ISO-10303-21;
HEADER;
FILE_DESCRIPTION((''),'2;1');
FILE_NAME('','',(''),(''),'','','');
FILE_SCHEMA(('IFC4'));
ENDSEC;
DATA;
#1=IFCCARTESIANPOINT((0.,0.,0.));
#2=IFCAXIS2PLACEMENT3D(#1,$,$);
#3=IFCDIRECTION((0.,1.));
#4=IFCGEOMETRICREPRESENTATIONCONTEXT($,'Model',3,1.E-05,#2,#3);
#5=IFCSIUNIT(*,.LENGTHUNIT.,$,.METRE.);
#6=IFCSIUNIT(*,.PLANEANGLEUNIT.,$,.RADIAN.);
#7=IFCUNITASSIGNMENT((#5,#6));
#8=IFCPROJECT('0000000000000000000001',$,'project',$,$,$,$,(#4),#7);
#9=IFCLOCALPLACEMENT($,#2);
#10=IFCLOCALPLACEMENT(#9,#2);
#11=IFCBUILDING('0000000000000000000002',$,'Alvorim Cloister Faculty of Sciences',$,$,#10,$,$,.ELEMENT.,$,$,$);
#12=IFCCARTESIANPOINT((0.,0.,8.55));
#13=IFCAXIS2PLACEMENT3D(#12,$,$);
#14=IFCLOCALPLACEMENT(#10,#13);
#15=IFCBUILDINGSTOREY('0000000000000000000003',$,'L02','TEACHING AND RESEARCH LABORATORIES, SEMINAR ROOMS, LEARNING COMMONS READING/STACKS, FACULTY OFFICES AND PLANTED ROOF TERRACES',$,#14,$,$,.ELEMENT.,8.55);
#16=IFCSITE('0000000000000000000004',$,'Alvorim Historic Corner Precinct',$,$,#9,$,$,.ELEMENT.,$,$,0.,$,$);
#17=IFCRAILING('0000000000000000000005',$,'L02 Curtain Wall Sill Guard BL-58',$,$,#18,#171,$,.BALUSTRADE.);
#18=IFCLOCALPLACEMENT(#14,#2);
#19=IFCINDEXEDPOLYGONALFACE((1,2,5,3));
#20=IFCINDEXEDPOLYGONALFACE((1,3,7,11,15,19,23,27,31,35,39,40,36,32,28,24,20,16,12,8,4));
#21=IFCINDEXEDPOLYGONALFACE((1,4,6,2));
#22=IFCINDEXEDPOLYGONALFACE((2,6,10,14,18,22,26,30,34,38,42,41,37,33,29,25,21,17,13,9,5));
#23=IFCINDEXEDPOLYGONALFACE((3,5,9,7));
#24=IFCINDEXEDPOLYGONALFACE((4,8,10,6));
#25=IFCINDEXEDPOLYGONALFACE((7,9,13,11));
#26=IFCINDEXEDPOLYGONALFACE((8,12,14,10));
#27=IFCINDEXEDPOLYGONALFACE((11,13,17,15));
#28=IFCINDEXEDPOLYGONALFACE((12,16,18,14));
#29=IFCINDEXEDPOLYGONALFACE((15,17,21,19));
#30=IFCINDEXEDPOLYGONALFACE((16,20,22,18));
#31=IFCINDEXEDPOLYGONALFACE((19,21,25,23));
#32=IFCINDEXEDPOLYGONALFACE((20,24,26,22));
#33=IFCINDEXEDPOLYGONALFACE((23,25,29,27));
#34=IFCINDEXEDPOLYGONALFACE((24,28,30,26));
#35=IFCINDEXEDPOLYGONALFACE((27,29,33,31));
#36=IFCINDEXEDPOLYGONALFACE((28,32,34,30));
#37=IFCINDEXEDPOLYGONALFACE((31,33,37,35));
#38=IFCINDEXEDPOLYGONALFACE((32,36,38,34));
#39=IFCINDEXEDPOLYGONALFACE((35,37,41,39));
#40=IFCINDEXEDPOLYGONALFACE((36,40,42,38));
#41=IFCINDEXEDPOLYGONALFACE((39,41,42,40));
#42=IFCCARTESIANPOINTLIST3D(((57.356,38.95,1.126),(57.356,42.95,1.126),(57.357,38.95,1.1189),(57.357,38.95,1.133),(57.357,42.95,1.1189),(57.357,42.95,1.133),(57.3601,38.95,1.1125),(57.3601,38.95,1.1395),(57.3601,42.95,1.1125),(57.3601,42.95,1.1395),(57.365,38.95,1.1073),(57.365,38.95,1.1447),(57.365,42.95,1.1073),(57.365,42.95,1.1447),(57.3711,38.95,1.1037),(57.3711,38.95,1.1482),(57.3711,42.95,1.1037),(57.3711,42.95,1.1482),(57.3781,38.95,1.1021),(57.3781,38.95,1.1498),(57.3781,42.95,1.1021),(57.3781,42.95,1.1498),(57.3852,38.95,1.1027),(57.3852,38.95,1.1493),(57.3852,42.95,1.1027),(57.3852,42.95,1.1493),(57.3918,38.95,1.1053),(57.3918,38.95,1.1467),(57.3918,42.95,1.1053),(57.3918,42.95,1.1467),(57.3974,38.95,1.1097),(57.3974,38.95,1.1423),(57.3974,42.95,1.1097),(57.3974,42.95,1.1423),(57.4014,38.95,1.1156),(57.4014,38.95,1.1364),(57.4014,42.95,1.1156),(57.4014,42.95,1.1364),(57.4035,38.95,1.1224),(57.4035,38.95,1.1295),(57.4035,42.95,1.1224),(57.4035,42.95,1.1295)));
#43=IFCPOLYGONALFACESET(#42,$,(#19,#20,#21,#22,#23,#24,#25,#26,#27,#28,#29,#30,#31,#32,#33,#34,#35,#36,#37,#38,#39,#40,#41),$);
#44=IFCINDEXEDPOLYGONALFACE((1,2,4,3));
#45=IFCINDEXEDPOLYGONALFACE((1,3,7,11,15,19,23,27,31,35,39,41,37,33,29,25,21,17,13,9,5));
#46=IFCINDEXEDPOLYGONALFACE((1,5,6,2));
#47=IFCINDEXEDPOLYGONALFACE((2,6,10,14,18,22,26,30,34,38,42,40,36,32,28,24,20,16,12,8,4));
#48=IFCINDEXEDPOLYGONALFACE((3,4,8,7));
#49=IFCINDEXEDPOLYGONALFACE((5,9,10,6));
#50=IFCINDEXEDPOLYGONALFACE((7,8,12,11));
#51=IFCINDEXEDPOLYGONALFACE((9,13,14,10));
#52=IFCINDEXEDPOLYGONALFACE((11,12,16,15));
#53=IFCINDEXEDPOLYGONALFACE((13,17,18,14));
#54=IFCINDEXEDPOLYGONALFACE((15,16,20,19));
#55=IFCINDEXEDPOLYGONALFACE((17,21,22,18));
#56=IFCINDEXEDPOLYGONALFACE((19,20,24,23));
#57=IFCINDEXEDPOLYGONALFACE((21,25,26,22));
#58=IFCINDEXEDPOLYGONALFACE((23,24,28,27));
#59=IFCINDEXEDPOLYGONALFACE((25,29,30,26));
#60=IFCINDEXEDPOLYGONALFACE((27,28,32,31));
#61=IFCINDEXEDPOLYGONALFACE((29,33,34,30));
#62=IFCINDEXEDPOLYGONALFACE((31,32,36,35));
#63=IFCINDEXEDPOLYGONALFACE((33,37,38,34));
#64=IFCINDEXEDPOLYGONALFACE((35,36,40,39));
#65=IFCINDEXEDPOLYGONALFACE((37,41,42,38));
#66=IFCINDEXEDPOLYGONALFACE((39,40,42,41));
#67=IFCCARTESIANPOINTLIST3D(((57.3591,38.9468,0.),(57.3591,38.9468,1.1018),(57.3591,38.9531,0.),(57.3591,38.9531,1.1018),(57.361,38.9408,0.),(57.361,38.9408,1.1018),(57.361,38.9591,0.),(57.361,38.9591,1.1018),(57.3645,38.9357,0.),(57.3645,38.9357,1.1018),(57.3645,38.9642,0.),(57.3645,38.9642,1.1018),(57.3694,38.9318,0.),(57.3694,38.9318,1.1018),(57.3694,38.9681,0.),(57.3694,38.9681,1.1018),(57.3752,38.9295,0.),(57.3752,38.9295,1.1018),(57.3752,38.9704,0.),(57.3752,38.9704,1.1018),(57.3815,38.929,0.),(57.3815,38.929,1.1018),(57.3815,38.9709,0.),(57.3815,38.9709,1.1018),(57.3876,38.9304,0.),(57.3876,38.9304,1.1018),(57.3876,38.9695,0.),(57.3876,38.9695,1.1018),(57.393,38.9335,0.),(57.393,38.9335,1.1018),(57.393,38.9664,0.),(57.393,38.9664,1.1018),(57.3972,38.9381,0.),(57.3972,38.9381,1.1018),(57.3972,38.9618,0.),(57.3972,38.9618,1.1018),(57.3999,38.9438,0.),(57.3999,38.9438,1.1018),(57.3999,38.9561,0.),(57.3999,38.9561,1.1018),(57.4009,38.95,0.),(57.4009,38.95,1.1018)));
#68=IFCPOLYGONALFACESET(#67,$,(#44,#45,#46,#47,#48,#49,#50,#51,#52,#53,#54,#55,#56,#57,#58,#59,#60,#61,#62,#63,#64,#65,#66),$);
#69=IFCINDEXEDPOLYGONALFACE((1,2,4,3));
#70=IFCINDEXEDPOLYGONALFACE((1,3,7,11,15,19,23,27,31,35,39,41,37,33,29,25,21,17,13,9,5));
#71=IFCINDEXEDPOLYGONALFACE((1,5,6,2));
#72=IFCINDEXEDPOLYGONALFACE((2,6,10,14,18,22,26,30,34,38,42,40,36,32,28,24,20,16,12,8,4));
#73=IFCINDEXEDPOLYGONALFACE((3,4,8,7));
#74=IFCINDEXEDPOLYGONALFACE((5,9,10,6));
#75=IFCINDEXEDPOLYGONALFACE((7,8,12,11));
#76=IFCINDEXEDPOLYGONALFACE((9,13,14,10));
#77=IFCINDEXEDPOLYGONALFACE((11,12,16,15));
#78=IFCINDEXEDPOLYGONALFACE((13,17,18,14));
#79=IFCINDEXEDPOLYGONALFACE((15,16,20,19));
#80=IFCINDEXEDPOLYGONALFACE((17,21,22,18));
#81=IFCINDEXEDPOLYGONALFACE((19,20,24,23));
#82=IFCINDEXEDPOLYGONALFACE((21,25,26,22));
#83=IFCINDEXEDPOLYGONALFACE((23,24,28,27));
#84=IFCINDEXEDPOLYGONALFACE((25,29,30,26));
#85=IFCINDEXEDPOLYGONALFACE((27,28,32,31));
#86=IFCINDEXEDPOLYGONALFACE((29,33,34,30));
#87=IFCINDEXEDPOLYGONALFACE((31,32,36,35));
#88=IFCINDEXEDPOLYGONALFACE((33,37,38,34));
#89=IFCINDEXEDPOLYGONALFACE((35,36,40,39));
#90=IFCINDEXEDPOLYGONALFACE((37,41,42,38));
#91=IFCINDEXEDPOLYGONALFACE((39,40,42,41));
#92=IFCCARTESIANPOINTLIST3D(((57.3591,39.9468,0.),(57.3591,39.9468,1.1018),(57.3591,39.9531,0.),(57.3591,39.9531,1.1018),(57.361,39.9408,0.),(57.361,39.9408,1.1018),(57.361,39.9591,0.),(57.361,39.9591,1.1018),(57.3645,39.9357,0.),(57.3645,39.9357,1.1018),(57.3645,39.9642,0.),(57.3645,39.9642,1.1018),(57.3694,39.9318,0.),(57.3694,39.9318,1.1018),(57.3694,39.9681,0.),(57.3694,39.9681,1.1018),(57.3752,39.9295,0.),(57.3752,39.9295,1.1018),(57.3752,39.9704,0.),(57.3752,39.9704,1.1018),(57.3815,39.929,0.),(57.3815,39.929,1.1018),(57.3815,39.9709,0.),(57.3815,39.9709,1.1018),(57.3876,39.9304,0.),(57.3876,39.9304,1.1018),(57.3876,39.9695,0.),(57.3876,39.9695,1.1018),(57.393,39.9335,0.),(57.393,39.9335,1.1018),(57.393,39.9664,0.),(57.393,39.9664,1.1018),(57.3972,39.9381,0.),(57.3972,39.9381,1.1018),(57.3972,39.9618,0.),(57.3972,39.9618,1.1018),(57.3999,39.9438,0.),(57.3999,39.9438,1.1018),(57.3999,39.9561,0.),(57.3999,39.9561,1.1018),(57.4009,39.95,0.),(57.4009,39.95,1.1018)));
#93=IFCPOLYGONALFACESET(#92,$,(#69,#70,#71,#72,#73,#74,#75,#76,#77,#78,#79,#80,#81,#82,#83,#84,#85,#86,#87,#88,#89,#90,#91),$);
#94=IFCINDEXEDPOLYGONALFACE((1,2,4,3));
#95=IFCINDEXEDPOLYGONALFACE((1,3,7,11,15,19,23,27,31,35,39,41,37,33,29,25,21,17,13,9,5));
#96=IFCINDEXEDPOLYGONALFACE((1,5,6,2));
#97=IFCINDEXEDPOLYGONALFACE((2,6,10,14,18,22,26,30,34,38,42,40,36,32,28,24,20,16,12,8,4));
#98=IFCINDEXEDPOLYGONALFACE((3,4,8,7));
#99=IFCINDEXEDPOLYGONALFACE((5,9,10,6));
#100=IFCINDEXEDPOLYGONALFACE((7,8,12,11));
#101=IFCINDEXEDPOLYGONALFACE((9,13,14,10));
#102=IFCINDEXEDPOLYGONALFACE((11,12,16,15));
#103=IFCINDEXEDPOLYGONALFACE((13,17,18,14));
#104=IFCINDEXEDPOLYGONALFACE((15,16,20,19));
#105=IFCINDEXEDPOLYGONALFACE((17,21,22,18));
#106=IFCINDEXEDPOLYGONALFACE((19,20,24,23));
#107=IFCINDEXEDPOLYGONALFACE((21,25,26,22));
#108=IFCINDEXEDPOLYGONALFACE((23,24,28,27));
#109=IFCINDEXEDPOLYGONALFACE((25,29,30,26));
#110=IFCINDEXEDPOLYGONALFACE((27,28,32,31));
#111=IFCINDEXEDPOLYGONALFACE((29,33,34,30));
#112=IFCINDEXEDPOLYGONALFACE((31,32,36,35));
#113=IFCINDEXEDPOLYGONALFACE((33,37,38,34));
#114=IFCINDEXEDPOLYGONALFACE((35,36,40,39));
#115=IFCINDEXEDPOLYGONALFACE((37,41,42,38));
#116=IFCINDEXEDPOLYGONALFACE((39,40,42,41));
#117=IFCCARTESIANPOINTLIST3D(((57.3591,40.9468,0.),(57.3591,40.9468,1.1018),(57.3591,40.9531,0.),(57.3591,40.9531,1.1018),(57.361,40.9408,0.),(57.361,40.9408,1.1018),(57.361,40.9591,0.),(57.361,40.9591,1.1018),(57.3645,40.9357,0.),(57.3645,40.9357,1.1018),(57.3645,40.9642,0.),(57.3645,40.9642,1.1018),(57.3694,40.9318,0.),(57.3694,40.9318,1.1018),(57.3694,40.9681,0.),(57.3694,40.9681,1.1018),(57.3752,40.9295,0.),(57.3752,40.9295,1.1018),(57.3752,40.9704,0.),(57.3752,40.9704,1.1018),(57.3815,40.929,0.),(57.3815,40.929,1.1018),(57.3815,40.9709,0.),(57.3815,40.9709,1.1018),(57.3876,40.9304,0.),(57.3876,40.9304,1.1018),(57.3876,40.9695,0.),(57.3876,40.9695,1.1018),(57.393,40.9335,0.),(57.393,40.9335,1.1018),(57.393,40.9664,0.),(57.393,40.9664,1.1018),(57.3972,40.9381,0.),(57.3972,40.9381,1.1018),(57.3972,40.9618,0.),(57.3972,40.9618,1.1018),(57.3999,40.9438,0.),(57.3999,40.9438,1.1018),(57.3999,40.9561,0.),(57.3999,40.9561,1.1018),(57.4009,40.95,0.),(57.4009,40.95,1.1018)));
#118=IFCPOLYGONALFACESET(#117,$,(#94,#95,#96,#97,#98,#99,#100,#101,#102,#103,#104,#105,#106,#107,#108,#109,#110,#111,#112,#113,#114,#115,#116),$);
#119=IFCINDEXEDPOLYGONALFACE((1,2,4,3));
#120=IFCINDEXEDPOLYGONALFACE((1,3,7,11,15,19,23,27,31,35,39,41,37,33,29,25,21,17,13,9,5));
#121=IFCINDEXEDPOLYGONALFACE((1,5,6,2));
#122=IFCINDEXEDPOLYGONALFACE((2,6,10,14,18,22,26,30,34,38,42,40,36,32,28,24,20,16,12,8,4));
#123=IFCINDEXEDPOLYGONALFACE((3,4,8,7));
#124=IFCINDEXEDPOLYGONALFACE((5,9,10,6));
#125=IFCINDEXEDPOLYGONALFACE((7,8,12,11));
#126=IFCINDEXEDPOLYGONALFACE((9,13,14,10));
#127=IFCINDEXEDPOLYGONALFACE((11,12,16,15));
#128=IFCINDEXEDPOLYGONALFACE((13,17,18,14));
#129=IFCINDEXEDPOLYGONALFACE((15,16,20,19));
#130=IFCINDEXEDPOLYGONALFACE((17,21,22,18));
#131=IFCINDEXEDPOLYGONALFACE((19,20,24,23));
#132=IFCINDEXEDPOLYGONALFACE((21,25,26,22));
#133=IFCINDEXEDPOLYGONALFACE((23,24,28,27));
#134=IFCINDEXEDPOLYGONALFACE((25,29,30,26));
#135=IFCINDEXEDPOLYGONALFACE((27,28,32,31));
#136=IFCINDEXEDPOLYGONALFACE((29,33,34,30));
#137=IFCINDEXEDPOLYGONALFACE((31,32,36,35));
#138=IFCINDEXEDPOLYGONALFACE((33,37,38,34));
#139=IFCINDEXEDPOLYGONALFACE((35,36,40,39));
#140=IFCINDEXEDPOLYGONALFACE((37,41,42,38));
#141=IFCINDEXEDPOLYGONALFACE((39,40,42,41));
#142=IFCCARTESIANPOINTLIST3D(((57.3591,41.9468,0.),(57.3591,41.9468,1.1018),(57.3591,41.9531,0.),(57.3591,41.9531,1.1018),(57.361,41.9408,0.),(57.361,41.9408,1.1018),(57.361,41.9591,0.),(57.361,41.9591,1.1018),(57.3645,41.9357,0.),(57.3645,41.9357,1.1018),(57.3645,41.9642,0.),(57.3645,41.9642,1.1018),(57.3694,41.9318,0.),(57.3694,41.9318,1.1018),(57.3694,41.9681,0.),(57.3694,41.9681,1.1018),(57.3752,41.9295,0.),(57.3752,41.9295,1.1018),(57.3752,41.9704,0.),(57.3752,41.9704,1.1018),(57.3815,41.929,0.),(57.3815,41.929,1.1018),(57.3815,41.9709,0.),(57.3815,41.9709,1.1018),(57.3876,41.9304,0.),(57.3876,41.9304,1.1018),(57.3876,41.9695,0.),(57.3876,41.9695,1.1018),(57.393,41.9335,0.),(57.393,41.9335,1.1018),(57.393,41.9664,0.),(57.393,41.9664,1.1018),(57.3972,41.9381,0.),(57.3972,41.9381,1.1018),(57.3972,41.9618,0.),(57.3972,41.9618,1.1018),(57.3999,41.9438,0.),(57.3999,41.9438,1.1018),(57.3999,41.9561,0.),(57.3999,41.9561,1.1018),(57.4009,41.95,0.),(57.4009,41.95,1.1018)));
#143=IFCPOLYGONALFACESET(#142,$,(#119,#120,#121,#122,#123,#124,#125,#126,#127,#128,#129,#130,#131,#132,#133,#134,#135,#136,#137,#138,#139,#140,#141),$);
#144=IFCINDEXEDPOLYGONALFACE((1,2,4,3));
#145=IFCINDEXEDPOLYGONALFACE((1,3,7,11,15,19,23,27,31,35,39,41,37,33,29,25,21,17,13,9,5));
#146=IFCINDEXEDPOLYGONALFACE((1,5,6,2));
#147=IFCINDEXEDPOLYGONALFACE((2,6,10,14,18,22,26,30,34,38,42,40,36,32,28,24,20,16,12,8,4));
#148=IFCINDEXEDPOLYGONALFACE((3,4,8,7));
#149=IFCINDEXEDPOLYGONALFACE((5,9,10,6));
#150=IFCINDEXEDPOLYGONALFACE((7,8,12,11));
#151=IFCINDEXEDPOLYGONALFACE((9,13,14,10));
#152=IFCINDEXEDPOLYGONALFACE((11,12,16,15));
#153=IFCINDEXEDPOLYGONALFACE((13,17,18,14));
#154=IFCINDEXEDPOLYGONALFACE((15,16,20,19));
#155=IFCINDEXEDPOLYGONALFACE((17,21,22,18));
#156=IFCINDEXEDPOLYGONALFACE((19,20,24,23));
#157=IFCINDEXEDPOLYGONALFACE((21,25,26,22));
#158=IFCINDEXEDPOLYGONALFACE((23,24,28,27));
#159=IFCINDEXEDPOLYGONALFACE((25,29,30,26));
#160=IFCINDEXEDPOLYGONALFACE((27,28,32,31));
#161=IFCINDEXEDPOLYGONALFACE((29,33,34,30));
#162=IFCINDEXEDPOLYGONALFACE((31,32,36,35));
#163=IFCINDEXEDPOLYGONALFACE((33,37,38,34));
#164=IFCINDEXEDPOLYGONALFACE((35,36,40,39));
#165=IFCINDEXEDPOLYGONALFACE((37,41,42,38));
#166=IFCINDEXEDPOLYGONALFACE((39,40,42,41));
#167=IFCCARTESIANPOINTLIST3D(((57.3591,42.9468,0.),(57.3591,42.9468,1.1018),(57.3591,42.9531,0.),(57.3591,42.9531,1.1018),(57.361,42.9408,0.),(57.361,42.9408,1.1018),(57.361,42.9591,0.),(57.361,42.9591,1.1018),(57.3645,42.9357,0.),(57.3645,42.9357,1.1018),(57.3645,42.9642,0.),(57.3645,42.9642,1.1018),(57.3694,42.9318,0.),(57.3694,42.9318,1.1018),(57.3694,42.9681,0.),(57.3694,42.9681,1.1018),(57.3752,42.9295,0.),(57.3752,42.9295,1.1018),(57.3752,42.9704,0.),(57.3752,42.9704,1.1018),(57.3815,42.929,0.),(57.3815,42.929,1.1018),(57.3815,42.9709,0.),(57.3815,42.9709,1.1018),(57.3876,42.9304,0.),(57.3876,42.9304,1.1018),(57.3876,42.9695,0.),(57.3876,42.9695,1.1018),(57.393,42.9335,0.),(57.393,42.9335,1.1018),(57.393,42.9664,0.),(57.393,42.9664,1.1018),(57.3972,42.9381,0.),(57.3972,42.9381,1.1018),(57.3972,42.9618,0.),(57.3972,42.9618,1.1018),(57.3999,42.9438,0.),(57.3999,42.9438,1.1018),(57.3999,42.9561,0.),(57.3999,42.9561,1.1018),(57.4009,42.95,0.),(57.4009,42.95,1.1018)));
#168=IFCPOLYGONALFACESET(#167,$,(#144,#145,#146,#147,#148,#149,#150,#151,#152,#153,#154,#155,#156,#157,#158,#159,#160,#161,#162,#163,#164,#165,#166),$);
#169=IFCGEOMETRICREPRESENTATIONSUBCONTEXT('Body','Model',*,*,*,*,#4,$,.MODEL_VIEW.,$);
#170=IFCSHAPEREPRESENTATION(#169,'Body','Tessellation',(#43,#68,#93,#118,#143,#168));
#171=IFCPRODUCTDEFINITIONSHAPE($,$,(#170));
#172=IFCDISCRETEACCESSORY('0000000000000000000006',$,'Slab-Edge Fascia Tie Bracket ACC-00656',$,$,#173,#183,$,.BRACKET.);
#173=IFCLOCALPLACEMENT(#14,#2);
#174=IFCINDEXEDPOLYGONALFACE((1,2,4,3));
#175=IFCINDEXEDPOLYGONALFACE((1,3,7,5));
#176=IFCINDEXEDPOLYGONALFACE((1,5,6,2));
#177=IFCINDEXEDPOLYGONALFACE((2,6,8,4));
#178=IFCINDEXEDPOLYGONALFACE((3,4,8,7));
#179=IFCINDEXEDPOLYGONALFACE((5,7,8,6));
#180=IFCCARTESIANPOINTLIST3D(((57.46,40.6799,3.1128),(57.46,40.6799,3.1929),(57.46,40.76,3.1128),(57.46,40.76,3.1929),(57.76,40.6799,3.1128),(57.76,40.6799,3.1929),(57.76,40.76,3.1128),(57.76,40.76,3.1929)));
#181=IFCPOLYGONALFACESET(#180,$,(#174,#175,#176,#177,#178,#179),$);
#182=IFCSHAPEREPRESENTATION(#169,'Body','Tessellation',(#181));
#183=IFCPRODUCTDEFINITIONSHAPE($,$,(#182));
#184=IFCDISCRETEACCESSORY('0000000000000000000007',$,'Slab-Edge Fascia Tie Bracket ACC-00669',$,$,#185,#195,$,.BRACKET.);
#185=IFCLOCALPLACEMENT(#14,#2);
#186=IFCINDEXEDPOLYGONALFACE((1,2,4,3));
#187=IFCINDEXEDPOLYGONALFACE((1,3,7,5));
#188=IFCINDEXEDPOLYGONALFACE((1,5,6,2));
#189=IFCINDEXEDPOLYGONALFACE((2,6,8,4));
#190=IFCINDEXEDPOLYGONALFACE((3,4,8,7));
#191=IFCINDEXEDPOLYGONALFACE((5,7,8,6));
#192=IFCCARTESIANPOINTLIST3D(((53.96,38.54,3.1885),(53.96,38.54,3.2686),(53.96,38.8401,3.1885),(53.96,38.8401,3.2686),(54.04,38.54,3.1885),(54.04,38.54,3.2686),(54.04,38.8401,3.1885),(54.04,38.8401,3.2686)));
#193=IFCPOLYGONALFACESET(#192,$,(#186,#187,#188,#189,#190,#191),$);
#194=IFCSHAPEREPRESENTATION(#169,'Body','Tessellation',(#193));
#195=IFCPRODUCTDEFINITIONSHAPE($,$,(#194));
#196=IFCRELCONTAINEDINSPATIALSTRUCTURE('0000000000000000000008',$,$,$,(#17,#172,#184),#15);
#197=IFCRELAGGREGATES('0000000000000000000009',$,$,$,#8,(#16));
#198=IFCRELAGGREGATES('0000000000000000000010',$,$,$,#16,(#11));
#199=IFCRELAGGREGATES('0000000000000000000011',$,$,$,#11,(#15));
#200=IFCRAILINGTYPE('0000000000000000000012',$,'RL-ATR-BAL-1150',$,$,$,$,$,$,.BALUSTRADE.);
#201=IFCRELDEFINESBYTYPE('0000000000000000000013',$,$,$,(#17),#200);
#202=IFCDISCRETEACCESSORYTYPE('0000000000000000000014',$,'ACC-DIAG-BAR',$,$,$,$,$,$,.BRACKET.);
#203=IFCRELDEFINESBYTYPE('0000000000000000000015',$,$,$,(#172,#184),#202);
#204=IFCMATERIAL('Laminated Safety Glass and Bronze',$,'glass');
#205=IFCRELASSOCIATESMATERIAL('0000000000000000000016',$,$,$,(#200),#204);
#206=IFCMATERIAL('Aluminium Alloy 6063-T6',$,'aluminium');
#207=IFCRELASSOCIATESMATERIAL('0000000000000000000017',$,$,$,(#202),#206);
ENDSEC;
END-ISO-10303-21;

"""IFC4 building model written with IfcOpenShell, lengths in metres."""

from ifc_helpers import new_model, si_unit, direction, frame, origin, origin_2d, place, context, subcontext, project, spatial, rectangle, circle, extrude, material, type_object, element, save


model = new_model("IFC4")

# Units and contexts
model_context = context("Model", 3, precision=1e-05, world=origin(), true_north=direction((0.0, 1.0)))
body_context = subcontext(model_context, "Body", "Model", "MODEL_VIEW")
ifc_project = project(units=[si_unit("LENGTHUNIT", "METRE"), si_unit("PLANEANGLEUNIT", "RADIAN")], contexts=[model_context])

# Site, building, storey
site_placement = place(None, origin())
site = spatial("IfcSite", under=ifc_project, at=site_placement, Name="Alvorim Historic Corner Precinct", CompositionType="ELEMENT", RefElevation=0.0)
building_placement = place(site_placement, origin())
building = spatial("IfcBuilding", under=site, at=building_placement, Name="Alvorim Cloister Faculty of Sciences", CompositionType="ELEMENT")
storey_placement = place(building_placement, frame((0.0, 0.0, 8.55)))
storey = spatial("IfcBuildingStorey", under=building, at=storey_placement, Name="L02", Description="TEACHING AND RESEARCH LABORATORIES, SEMINAR ROOMS, LEARNING COMMONS READING/STACKS, FACULTY OFFICES AND PLANTED ROOF TERRACES", CompositionType="ELEMENT", Elevation=8.55)

# Shared definitions
ifc_material_1 = material(Name="Aluminium Alloy 6063-T6", Category="aluminium")

# Railing
ifc_material_2 = material(Name="Laminated Safety Glass and Bronze", Category="glass")
railing_type = type_object("IfcRailingType", Name="RL-ATR-BAL-1150", PredefinedType="BALUSTRADE", material=ifc_material_2)
railing_placement = place(storey_placement, frame((57.3799, 38.95, 0.0)))
element("IfcRailing", 1, at=railing_placement, inside=storey, type_object=railing_type, Name="L02 Curtain Wall Sill Guard BL-58", PredefinedType="BALUSTRADE", context=body_context, shape_type="SweptSolid", body=[
    extrude(circle(Radius=0.0239, at=origin_2d()), frame((0.0, 0.0, 1.126), z_axis=(0.0, 1.0, 0.0), x_axis=(-1.0, 0.0, 0.0)), (0.0, 0.0, 1.0), 4.0),
    extrude(circle(Radius=0.021, at=origin_2d()), origin(), (0.0, 0.0, 1.0), 1.1018),
    extrude(circle(Radius=0.021, at=origin_2d()), frame((0.0, 1.0, 0.0)), (0.0, 0.0, 1.0), 1.1018),
    extrude(circle(Radius=0.021, at=origin_2d()), frame((0.0, 2.0, 0.0)), (0.0, 0.0, 1.0), 1.1018),
    extrude(circle(Radius=0.021, at=origin_2d()), frame((0.0, 3.0, 0.0)), (0.0, 0.0, 1.0), 1.1018),
    extrude(circle(Radius=0.021, at=origin_2d()), frame((0.0, 4.0, 0.0)), (0.0, 0.0, 1.0), 1.1018),
])

# Discrete accessories
discrete_accessory_type = type_object("IfcDiscreteAccessoryType", Name="ACC-DIAG-BAR", PredefinedType="BRACKET", material=ifc_material_1)
for number, where, z_axis, x_axis, name in (
    (2, (57.46, 40.72, 3.1528), (1.0, 0.0, 0.0), (0.0, 1.0, 0.0), "Slab-Edge Fascia Tie Bracket ACC-00656"),
    (3, (54.0, 38.8401, 3.2285), (0.0, -1.0, 0.0), (1.0, 0.0, 0.0), "Slab-Edge Fascia Tie Bracket ACC-00669"),
):
    element("IfcDiscreteAccessory", number, at=place(storey_placement, frame(where, z_axis=z_axis, x_axis=x_axis)), inside=storey, type_object=discrete_accessory_type, Name=name, PredefinedType="BRACKET", context=body_context, shape_type="SweptSolid", body=[
        extrude(rectangle(XDim=0.0801, YDim=0.0801, at=origin_2d()), origin(), (0.0, 0.0, 1.0), 0.3),
    ])

save(model, "model.ifc")
